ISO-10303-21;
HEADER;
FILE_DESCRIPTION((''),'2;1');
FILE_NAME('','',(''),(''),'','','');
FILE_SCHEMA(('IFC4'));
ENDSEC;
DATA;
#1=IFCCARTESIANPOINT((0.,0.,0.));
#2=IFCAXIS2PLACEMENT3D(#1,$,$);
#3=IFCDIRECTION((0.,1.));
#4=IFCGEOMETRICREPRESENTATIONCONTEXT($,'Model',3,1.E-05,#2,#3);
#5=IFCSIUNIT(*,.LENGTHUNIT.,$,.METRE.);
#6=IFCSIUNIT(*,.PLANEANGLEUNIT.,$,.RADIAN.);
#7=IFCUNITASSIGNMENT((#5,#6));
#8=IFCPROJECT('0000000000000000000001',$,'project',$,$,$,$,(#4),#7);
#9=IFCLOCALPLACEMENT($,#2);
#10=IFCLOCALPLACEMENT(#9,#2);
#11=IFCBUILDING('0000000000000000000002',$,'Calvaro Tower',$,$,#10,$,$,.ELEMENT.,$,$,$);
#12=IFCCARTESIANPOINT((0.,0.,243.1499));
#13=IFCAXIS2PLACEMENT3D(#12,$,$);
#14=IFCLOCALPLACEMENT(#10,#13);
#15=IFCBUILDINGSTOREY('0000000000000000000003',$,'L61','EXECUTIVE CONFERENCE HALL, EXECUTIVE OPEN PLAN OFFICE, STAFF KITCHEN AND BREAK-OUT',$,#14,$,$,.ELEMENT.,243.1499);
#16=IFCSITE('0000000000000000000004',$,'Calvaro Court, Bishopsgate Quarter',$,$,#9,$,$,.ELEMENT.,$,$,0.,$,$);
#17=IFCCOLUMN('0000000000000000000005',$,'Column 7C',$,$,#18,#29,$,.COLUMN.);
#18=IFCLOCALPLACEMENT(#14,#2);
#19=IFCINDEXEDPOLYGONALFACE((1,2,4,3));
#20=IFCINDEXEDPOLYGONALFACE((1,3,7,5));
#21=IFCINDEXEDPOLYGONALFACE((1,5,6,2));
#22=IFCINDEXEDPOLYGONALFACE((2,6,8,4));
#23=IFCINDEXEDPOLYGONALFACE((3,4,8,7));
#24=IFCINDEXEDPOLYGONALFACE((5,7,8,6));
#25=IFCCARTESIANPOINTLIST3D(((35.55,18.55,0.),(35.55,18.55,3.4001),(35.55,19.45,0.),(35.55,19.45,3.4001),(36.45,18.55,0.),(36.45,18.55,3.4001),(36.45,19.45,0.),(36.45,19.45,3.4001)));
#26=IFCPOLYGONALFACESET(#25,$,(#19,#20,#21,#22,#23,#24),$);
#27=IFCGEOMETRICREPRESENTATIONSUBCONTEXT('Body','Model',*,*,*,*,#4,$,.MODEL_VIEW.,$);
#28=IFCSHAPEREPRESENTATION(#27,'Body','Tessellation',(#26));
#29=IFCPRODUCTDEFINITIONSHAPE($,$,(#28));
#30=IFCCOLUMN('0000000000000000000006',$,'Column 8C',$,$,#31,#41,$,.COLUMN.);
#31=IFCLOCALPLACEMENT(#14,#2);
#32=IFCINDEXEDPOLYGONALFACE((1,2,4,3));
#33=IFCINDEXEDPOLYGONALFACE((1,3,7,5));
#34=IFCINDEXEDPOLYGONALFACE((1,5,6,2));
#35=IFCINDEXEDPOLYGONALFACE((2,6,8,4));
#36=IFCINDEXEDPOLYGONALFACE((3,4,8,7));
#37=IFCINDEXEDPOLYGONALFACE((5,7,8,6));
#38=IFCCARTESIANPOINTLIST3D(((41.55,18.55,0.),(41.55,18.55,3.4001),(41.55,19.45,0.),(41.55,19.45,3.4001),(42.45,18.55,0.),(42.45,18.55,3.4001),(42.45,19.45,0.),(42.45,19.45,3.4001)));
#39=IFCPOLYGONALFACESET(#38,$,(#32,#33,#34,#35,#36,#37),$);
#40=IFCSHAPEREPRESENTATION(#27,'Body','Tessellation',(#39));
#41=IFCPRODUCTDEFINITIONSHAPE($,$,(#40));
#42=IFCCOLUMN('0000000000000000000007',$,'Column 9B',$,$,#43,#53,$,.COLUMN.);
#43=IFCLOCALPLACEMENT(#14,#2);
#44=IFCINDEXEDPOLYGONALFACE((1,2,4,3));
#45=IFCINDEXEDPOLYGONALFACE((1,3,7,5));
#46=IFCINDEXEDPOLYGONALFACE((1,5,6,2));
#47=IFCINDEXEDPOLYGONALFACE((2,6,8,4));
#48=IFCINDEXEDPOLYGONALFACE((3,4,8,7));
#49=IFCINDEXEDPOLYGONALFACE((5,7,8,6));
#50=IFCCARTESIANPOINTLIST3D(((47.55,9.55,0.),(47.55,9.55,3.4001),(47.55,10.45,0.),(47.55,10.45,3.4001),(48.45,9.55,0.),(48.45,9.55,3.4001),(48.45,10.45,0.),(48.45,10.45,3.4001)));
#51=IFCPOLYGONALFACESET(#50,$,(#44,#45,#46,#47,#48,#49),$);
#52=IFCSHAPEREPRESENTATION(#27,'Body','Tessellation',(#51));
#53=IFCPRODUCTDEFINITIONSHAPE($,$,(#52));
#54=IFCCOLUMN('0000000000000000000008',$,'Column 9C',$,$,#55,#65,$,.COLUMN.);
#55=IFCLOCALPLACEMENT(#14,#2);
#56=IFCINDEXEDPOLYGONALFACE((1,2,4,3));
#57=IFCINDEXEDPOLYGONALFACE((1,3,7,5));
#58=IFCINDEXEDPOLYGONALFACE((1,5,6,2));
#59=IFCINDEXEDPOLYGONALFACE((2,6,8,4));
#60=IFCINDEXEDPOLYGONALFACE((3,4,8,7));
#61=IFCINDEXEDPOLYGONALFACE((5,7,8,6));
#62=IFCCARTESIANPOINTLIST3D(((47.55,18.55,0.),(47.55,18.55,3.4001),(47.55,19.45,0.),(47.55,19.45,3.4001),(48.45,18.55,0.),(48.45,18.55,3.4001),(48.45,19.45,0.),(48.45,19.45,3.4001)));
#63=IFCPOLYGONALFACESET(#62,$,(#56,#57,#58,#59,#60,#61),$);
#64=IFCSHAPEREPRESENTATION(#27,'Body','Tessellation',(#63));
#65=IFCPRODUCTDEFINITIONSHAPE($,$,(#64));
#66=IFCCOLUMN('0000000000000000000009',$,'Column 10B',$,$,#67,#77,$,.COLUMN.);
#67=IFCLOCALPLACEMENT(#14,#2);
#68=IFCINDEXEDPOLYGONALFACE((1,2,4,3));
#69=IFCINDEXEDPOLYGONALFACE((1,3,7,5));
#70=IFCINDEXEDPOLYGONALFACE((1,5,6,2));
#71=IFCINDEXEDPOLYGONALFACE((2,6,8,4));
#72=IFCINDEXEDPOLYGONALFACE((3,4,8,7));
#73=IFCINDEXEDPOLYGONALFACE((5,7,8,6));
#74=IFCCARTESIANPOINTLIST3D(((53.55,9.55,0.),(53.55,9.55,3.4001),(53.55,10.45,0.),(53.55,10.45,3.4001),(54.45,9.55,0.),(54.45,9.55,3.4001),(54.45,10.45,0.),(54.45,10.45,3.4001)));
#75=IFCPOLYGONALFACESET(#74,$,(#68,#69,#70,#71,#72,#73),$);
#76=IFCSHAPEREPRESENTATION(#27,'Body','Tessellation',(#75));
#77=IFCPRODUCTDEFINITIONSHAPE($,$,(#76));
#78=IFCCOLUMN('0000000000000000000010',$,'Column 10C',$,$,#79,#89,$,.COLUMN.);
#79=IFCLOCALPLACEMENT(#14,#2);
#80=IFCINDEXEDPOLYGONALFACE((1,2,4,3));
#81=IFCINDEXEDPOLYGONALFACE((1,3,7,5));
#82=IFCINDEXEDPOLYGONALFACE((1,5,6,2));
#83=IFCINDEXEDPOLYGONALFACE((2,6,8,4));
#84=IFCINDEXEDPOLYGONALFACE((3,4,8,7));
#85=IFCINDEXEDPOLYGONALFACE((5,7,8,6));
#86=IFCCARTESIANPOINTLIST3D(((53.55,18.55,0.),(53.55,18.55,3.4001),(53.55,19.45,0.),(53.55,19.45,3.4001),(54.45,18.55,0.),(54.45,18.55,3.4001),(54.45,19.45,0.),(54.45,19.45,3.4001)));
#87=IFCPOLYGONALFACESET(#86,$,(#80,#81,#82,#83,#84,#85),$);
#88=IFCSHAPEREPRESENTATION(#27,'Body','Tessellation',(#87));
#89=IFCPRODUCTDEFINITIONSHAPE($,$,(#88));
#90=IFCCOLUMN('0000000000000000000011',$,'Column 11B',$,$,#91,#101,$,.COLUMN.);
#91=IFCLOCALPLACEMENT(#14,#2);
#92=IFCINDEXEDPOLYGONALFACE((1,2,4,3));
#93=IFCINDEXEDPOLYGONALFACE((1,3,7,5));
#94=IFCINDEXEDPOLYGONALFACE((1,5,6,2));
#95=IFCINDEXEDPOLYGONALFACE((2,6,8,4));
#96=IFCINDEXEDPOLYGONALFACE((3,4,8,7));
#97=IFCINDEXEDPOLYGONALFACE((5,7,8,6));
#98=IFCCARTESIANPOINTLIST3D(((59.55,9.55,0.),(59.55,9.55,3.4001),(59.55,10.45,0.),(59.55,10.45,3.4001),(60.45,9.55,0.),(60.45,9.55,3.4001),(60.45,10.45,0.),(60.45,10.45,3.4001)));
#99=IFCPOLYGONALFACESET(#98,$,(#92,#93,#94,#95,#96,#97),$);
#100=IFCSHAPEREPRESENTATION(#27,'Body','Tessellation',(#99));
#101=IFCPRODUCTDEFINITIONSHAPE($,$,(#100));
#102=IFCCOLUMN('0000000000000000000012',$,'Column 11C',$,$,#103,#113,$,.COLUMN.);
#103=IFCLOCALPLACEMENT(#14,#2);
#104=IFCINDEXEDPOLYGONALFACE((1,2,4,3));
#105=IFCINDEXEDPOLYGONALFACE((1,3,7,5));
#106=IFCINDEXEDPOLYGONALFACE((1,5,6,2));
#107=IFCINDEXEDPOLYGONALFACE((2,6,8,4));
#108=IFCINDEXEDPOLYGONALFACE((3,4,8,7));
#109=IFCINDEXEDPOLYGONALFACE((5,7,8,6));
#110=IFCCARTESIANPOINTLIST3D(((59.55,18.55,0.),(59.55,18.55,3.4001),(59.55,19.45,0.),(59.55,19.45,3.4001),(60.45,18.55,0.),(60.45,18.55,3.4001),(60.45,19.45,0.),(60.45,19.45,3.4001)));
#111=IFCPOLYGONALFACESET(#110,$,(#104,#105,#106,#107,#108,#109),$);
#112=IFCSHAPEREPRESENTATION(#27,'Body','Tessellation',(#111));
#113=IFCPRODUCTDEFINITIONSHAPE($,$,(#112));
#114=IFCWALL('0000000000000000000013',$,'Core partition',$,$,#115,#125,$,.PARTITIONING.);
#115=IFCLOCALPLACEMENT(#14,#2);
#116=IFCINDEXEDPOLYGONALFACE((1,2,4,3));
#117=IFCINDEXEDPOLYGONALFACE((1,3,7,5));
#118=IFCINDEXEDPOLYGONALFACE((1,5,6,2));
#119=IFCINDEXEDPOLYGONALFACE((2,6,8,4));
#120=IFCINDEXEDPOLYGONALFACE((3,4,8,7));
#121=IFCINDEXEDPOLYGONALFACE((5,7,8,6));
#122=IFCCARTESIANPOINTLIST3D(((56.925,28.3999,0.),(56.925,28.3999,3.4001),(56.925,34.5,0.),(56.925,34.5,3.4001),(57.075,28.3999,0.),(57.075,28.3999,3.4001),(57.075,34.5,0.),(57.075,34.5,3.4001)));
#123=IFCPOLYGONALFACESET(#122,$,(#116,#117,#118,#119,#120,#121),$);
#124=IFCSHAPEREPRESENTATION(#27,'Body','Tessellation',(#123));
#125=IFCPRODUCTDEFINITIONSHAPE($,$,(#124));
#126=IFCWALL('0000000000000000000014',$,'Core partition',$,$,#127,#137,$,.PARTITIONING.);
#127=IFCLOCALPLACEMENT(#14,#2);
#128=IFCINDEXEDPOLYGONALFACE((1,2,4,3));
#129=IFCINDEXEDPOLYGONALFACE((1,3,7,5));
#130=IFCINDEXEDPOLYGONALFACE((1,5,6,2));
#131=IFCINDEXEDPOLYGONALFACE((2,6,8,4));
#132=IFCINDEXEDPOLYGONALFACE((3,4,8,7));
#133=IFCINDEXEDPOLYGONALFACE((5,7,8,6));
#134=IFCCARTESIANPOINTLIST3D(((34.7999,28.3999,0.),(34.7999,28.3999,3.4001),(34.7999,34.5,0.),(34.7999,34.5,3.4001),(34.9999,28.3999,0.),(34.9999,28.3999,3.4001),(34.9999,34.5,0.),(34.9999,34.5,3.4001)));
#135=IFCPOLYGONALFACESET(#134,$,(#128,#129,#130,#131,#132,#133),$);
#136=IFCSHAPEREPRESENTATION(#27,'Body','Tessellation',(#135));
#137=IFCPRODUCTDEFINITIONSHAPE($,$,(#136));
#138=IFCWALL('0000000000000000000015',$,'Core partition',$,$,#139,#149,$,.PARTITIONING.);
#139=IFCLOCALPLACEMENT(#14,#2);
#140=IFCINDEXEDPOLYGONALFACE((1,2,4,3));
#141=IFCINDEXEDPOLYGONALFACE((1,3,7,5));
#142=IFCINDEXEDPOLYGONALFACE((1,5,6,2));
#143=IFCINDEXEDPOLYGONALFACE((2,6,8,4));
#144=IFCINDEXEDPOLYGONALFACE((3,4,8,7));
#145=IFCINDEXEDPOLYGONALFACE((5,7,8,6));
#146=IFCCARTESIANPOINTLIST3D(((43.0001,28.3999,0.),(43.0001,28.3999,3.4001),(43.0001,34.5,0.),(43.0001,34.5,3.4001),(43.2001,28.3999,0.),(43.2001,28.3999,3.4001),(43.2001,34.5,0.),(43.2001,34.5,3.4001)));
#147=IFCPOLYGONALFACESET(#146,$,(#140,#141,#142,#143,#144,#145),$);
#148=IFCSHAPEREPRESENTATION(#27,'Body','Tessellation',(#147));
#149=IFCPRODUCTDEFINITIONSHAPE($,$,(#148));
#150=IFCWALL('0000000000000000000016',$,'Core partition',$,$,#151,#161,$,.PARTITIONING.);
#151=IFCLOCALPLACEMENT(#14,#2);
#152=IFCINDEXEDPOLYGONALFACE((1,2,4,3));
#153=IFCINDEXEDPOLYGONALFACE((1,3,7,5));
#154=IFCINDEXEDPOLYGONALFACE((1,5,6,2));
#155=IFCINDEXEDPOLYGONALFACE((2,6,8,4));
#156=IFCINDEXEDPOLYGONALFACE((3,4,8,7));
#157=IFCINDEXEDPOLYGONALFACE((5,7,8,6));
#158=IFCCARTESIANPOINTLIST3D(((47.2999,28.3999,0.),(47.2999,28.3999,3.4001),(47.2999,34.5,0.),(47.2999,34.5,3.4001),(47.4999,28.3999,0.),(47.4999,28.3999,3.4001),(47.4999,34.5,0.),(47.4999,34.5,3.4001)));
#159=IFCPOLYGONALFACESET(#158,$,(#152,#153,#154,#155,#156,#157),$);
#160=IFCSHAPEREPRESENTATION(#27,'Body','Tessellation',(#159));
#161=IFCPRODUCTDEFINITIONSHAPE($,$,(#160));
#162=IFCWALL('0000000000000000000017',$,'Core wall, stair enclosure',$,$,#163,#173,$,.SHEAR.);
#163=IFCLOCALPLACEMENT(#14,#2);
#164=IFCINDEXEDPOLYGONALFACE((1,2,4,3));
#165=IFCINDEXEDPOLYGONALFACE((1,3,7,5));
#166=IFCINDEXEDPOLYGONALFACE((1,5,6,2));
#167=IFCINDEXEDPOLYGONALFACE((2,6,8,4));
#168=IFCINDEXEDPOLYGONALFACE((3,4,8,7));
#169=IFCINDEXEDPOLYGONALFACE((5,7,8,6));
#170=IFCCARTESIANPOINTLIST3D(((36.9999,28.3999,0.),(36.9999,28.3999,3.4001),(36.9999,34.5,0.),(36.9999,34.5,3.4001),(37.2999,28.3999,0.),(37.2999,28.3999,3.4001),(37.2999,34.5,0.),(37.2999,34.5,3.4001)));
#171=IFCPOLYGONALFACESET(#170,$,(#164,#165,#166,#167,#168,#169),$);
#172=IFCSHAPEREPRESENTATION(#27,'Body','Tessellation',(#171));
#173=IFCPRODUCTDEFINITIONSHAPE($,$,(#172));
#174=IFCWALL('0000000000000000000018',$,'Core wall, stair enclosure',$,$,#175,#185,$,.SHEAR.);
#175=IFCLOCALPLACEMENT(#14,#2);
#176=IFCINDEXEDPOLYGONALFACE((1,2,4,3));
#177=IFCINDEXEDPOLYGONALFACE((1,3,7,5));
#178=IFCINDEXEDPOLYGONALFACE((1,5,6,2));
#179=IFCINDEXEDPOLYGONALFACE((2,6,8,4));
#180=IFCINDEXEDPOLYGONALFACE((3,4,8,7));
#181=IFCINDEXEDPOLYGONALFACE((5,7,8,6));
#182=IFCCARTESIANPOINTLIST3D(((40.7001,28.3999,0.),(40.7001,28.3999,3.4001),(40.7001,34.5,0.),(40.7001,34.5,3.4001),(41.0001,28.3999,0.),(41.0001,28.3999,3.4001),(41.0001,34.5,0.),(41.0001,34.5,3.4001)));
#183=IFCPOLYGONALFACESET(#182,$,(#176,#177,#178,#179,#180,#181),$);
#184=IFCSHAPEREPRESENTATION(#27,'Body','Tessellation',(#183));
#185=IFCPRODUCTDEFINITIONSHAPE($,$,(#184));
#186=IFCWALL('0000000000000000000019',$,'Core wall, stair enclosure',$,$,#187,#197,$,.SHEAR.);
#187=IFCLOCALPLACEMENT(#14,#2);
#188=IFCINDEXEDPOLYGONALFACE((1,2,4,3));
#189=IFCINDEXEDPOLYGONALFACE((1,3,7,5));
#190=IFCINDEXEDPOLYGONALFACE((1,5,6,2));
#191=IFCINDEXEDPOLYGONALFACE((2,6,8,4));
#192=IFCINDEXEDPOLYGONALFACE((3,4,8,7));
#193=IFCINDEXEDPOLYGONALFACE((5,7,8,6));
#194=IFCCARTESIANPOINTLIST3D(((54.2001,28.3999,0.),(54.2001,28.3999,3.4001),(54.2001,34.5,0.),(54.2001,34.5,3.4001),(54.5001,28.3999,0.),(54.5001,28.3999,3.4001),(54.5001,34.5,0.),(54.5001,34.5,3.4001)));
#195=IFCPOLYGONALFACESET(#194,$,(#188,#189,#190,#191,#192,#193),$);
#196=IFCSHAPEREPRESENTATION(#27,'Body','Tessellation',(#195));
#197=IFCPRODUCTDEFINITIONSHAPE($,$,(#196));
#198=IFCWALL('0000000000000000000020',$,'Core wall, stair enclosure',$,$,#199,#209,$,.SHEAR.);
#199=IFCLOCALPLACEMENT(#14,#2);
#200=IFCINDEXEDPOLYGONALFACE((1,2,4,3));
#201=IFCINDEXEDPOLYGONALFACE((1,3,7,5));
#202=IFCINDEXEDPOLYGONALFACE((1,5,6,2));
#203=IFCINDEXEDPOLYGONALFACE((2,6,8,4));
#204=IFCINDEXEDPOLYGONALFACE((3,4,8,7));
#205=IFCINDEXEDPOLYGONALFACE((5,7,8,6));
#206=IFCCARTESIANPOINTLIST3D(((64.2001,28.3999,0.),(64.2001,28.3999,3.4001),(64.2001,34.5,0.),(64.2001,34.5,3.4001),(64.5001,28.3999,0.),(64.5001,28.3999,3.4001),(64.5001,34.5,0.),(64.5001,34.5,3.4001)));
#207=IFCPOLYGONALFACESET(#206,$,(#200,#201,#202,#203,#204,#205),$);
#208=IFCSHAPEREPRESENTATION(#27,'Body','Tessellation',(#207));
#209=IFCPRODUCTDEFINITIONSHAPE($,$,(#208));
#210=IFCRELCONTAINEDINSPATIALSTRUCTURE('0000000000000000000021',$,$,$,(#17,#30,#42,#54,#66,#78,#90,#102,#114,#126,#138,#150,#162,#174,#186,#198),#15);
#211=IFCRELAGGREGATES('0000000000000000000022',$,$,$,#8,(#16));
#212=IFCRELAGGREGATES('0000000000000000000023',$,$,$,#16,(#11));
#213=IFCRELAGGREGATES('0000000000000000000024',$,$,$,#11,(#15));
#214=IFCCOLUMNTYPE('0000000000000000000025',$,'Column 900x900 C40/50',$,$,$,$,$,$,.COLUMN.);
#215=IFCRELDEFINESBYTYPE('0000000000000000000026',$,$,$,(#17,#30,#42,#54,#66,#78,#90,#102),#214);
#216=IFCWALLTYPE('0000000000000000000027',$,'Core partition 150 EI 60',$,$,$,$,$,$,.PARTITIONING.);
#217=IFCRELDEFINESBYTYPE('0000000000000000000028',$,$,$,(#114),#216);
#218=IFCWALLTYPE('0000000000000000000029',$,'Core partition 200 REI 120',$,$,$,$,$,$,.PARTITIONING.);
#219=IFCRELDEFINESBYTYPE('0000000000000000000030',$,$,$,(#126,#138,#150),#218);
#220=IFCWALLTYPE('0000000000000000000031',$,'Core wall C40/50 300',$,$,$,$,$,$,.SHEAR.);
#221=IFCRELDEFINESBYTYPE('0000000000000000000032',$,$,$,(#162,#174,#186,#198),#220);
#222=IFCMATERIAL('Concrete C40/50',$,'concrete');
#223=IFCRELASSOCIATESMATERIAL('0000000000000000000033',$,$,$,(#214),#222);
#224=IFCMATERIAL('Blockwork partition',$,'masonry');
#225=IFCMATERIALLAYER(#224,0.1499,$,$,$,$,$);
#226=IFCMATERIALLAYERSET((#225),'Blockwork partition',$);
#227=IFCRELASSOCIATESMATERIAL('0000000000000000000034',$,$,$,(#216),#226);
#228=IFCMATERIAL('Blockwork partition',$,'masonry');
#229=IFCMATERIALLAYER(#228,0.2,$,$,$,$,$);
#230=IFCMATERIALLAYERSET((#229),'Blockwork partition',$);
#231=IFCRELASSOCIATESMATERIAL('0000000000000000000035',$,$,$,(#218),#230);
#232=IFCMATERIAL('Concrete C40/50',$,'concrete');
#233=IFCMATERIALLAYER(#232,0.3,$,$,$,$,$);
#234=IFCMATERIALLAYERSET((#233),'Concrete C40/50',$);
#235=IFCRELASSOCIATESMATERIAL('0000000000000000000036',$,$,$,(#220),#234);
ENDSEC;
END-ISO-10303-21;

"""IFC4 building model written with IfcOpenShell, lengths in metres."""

from ifc_helpers import new_model, si_unit, direction, frame, frame_2d, origin, origin_2d, place, context, subcontext, project, spatial, rectangle, extrude, material, layer, layer_set, material_profile, profile_set, type_object, element, save


model = new_model("IFC4")

# Units and contexts
model_context = context("Model", 3, precision=1e-05, world=origin(), true_north=direction((0.0, 1.0)))
body_context = subcontext(model_context, "Body", "Model", "MODEL_VIEW")
ifc_project = project(units=[si_unit("LENGTHUNIT", "METRE"), si_unit("PLANEANGLEUNIT", "RADIAN")], contexts=[model_context])

# Site, building, storey
site_placement = place(None, origin())
site = spatial("IfcSite", under=ifc_project, at=site_placement, Name="Calvaro Court, Bishopsgate Quarter", CompositionType="ELEMENT", RefElevation=0.0)
building_placement = place(site_placement, origin())
building = spatial("IfcBuilding", under=site, at=building_placement, Name="Calvaro Tower", CompositionType="ELEMENT")
storey_placement = place(building_placement, frame((0.0, 0.0, 243.1499)))
storey = spatial("IfcBuildingStorey", under=building, at=storey_placement, Name="L61", Description="EXECUTIVE CONFERENCE HALL, EXECUTIVE OPEN PLAN OFFICE, STAFF KITCHEN AND BREAK-OUT", CompositionType="ELEMENT", Elevation=243.1499)

# Columns
ifc_material_1 = material(Name="Concrete C40/50", Category="concrete")
ifc_material_profile = material_profile(ifc_material_1, rectangle(XDim=0.8999, YDim=0.8999, at=origin_2d()), Name="RC 900x900")
ifc_profile_set = profile_set([ifc_material_profile], Name="Concrete C40/50")
column_type = type_object("IfcColumnType", Name="Column 900x900 C40/50", PredefinedType="COLUMN", material=ifc_profile_set)
for number, where, z_axis, x_axis, name in (
    (1, (36.0, 19.0, 0.0), (0.0, 0.0, 1.0), (1.0, 0.0, 0.0), "Column 7C"),
    (2, (42.0, 19.0, 0.0), (0.0, 0.0, 1.0), (1.0, 0.0, 0.0), "Column 8C"),
    (3, (48.0, 10.0, 0.0), (0.0, 0.0, 1.0), (1.0, 0.0, 0.0), "Column 9B"),
    (4, (48.0, 19.0, 0.0), (0.0, 0.0, 1.0), (1.0, 0.0, 0.0), "Column 9C"),
    (5, (54.0, 10.0, 0.0), (0.0, 0.0, 1.0), (1.0, 0.0, 0.0), "Column 10B"),
    (6, (54.0, 19.0, 0.0), (0.0, 0.0, 1.0), (1.0, 0.0, 0.0), "Column 10C"),
    (7, (60.0, 10.0, 0.0), (0.0, 0.0, 1.0), (1.0, 0.0, 0.0), "Column 11B"),
    (8, (60.0, 19.0, 0.0), (0.0, 0.0, 1.0), (1.0, 0.0, 0.0), "Column 11C"),
):
    element("IfcColumn", number, at=place(storey_placement, frame(where, z_axis=z_axis, x_axis=x_axis)), inside=storey, type_object=column_type, Name=name, PredefinedType="COLUMN", context=body_context, shape_type="SweptSolid", body=[
        extrude(rectangle(XDim=0.8999, YDim=0.8999, at=origin_2d()), origin(), (0.0, 0.0, 1.0), 3.4001),
    ])

# Walls
ifc_material_2 = material(Name="Blockwork partition", Category="masonry")
ifc_layer_1 = layer(ifc_material_2, 0.1499)
ifc_layer_set_1 = layer_set([ifc_layer_1], Name="Blockwork partition")
wall_type_1 = type_object("IfcWallType", Name="Core partition 150 EI 60", PredefinedType="PARTITIONING", material=ifc_layer_set_1)
wall_1_placement = place(storey_placement, frame((57.0, 28.3999, 0.0), z_axis=(0.0, 0.0, 1.0), x_axis=(0.0, 1.0, 0.0)))
element("IfcWall", 9, at=wall_1_placement, inside=storey, type_object=wall_type_1, Name="Core partition", PredefinedType="PARTITIONING", context=body_context, shape_type="SweptSolid", body=[
    extrude(rectangle(XDim=6.1001, YDim=0.1499, at=frame_2d((3.05, 0.0))), origin(), (0.0, 0.0, 1.0), 3.4001),
])
ifc_material_3 = material(Name="Blockwork partition", Category="masonry")
ifc_layer_2 = layer(ifc_material_3, 0.2)
ifc_layer_set_2 = layer_set([ifc_layer_2], Name="Blockwork partition")
wall_type_2 = type_object("IfcWallType", Name="Core partition 200 REI 120", PredefinedType="PARTITIONING", material=ifc_layer_set_2)
for number, where, z_axis, x_axis, name in (
    (10, (34.8999, 28.3999, 0.0), (0.0, 0.0, 1.0), (0.0, 1.0, 0.0), "Core partition"),
    (11, (43.1001, 28.3999, 0.0), (0.0, 0.0, 1.0), (0.0, 1.0, 0.0), "Core partition"),
    (12, (47.3999, 28.3999, 0.0), (0.0, 0.0, 1.0), (0.0, 1.0, 0.0), "Core partition"),
):
    element("IfcWall", number, at=place(storey_placement, frame(where, z_axis=z_axis, x_axis=x_axis)), inside=storey, type_object=wall_type_2, Name=name, PredefinedType="PARTITIONING", context=body_context, shape_type="SweptSolid", body=[
        extrude(rectangle(XDim=6.1001, YDim=0.2, at=frame_2d((3.05, 0.0))), origin(), (0.0, 0.0, 1.0), 3.4001),
    ])
ifc_material_4 = material(Name="Concrete C40/50", Category="concrete")
ifc_layer_3 = layer(ifc_material_4, 0.3)
ifc_layer_set_3 = layer_set([ifc_layer_3], Name="Concrete C40/50")
wall_type_3 = type_object("IfcWallType", Name="Core wall C40/50 300", PredefinedType="SHEAR", material=ifc_layer_set_3)
for number, where, z_axis, x_axis, name in (
    (13, (37.1499, 28.3999, 0.0), (0.0, 0.0, 1.0), (0.0, 1.0, 0.0), "Core wall, stair enclosure"),
    (14, (40.8501, 28.3999, 0.0), (0.0, 0.0, 1.0), (0.0, 1.0, 0.0), "Core wall, stair enclosure"),
    (15, (54.3501, 28.3999, 0.0), (0.0, 0.0, 1.0), (0.0, 1.0, 0.0), "Core wall, stair enclosure"),
    (16, (64.3501, 28.3999, 0.0), (0.0, 0.0, 1.0), (0.0, 1.0, 0.0), "Core wall, stair enclosure"),
):
    element("IfcWall", number, at=place(storey_placement, frame(where, z_axis=z_axis, x_axis=x_axis)), inside=storey, type_object=wall_type_3, Name=name, PredefinedType="SHEAR", context=body_context, shape_type="SweptSolid", body=[
        extrude(rectangle(XDim=6.1001, YDim=0.3, at=frame_2d((3.05, 0.0))), origin(), (0.0, 0.0, 1.0), 3.4001),
    ])

save(model, "model.ifc")
